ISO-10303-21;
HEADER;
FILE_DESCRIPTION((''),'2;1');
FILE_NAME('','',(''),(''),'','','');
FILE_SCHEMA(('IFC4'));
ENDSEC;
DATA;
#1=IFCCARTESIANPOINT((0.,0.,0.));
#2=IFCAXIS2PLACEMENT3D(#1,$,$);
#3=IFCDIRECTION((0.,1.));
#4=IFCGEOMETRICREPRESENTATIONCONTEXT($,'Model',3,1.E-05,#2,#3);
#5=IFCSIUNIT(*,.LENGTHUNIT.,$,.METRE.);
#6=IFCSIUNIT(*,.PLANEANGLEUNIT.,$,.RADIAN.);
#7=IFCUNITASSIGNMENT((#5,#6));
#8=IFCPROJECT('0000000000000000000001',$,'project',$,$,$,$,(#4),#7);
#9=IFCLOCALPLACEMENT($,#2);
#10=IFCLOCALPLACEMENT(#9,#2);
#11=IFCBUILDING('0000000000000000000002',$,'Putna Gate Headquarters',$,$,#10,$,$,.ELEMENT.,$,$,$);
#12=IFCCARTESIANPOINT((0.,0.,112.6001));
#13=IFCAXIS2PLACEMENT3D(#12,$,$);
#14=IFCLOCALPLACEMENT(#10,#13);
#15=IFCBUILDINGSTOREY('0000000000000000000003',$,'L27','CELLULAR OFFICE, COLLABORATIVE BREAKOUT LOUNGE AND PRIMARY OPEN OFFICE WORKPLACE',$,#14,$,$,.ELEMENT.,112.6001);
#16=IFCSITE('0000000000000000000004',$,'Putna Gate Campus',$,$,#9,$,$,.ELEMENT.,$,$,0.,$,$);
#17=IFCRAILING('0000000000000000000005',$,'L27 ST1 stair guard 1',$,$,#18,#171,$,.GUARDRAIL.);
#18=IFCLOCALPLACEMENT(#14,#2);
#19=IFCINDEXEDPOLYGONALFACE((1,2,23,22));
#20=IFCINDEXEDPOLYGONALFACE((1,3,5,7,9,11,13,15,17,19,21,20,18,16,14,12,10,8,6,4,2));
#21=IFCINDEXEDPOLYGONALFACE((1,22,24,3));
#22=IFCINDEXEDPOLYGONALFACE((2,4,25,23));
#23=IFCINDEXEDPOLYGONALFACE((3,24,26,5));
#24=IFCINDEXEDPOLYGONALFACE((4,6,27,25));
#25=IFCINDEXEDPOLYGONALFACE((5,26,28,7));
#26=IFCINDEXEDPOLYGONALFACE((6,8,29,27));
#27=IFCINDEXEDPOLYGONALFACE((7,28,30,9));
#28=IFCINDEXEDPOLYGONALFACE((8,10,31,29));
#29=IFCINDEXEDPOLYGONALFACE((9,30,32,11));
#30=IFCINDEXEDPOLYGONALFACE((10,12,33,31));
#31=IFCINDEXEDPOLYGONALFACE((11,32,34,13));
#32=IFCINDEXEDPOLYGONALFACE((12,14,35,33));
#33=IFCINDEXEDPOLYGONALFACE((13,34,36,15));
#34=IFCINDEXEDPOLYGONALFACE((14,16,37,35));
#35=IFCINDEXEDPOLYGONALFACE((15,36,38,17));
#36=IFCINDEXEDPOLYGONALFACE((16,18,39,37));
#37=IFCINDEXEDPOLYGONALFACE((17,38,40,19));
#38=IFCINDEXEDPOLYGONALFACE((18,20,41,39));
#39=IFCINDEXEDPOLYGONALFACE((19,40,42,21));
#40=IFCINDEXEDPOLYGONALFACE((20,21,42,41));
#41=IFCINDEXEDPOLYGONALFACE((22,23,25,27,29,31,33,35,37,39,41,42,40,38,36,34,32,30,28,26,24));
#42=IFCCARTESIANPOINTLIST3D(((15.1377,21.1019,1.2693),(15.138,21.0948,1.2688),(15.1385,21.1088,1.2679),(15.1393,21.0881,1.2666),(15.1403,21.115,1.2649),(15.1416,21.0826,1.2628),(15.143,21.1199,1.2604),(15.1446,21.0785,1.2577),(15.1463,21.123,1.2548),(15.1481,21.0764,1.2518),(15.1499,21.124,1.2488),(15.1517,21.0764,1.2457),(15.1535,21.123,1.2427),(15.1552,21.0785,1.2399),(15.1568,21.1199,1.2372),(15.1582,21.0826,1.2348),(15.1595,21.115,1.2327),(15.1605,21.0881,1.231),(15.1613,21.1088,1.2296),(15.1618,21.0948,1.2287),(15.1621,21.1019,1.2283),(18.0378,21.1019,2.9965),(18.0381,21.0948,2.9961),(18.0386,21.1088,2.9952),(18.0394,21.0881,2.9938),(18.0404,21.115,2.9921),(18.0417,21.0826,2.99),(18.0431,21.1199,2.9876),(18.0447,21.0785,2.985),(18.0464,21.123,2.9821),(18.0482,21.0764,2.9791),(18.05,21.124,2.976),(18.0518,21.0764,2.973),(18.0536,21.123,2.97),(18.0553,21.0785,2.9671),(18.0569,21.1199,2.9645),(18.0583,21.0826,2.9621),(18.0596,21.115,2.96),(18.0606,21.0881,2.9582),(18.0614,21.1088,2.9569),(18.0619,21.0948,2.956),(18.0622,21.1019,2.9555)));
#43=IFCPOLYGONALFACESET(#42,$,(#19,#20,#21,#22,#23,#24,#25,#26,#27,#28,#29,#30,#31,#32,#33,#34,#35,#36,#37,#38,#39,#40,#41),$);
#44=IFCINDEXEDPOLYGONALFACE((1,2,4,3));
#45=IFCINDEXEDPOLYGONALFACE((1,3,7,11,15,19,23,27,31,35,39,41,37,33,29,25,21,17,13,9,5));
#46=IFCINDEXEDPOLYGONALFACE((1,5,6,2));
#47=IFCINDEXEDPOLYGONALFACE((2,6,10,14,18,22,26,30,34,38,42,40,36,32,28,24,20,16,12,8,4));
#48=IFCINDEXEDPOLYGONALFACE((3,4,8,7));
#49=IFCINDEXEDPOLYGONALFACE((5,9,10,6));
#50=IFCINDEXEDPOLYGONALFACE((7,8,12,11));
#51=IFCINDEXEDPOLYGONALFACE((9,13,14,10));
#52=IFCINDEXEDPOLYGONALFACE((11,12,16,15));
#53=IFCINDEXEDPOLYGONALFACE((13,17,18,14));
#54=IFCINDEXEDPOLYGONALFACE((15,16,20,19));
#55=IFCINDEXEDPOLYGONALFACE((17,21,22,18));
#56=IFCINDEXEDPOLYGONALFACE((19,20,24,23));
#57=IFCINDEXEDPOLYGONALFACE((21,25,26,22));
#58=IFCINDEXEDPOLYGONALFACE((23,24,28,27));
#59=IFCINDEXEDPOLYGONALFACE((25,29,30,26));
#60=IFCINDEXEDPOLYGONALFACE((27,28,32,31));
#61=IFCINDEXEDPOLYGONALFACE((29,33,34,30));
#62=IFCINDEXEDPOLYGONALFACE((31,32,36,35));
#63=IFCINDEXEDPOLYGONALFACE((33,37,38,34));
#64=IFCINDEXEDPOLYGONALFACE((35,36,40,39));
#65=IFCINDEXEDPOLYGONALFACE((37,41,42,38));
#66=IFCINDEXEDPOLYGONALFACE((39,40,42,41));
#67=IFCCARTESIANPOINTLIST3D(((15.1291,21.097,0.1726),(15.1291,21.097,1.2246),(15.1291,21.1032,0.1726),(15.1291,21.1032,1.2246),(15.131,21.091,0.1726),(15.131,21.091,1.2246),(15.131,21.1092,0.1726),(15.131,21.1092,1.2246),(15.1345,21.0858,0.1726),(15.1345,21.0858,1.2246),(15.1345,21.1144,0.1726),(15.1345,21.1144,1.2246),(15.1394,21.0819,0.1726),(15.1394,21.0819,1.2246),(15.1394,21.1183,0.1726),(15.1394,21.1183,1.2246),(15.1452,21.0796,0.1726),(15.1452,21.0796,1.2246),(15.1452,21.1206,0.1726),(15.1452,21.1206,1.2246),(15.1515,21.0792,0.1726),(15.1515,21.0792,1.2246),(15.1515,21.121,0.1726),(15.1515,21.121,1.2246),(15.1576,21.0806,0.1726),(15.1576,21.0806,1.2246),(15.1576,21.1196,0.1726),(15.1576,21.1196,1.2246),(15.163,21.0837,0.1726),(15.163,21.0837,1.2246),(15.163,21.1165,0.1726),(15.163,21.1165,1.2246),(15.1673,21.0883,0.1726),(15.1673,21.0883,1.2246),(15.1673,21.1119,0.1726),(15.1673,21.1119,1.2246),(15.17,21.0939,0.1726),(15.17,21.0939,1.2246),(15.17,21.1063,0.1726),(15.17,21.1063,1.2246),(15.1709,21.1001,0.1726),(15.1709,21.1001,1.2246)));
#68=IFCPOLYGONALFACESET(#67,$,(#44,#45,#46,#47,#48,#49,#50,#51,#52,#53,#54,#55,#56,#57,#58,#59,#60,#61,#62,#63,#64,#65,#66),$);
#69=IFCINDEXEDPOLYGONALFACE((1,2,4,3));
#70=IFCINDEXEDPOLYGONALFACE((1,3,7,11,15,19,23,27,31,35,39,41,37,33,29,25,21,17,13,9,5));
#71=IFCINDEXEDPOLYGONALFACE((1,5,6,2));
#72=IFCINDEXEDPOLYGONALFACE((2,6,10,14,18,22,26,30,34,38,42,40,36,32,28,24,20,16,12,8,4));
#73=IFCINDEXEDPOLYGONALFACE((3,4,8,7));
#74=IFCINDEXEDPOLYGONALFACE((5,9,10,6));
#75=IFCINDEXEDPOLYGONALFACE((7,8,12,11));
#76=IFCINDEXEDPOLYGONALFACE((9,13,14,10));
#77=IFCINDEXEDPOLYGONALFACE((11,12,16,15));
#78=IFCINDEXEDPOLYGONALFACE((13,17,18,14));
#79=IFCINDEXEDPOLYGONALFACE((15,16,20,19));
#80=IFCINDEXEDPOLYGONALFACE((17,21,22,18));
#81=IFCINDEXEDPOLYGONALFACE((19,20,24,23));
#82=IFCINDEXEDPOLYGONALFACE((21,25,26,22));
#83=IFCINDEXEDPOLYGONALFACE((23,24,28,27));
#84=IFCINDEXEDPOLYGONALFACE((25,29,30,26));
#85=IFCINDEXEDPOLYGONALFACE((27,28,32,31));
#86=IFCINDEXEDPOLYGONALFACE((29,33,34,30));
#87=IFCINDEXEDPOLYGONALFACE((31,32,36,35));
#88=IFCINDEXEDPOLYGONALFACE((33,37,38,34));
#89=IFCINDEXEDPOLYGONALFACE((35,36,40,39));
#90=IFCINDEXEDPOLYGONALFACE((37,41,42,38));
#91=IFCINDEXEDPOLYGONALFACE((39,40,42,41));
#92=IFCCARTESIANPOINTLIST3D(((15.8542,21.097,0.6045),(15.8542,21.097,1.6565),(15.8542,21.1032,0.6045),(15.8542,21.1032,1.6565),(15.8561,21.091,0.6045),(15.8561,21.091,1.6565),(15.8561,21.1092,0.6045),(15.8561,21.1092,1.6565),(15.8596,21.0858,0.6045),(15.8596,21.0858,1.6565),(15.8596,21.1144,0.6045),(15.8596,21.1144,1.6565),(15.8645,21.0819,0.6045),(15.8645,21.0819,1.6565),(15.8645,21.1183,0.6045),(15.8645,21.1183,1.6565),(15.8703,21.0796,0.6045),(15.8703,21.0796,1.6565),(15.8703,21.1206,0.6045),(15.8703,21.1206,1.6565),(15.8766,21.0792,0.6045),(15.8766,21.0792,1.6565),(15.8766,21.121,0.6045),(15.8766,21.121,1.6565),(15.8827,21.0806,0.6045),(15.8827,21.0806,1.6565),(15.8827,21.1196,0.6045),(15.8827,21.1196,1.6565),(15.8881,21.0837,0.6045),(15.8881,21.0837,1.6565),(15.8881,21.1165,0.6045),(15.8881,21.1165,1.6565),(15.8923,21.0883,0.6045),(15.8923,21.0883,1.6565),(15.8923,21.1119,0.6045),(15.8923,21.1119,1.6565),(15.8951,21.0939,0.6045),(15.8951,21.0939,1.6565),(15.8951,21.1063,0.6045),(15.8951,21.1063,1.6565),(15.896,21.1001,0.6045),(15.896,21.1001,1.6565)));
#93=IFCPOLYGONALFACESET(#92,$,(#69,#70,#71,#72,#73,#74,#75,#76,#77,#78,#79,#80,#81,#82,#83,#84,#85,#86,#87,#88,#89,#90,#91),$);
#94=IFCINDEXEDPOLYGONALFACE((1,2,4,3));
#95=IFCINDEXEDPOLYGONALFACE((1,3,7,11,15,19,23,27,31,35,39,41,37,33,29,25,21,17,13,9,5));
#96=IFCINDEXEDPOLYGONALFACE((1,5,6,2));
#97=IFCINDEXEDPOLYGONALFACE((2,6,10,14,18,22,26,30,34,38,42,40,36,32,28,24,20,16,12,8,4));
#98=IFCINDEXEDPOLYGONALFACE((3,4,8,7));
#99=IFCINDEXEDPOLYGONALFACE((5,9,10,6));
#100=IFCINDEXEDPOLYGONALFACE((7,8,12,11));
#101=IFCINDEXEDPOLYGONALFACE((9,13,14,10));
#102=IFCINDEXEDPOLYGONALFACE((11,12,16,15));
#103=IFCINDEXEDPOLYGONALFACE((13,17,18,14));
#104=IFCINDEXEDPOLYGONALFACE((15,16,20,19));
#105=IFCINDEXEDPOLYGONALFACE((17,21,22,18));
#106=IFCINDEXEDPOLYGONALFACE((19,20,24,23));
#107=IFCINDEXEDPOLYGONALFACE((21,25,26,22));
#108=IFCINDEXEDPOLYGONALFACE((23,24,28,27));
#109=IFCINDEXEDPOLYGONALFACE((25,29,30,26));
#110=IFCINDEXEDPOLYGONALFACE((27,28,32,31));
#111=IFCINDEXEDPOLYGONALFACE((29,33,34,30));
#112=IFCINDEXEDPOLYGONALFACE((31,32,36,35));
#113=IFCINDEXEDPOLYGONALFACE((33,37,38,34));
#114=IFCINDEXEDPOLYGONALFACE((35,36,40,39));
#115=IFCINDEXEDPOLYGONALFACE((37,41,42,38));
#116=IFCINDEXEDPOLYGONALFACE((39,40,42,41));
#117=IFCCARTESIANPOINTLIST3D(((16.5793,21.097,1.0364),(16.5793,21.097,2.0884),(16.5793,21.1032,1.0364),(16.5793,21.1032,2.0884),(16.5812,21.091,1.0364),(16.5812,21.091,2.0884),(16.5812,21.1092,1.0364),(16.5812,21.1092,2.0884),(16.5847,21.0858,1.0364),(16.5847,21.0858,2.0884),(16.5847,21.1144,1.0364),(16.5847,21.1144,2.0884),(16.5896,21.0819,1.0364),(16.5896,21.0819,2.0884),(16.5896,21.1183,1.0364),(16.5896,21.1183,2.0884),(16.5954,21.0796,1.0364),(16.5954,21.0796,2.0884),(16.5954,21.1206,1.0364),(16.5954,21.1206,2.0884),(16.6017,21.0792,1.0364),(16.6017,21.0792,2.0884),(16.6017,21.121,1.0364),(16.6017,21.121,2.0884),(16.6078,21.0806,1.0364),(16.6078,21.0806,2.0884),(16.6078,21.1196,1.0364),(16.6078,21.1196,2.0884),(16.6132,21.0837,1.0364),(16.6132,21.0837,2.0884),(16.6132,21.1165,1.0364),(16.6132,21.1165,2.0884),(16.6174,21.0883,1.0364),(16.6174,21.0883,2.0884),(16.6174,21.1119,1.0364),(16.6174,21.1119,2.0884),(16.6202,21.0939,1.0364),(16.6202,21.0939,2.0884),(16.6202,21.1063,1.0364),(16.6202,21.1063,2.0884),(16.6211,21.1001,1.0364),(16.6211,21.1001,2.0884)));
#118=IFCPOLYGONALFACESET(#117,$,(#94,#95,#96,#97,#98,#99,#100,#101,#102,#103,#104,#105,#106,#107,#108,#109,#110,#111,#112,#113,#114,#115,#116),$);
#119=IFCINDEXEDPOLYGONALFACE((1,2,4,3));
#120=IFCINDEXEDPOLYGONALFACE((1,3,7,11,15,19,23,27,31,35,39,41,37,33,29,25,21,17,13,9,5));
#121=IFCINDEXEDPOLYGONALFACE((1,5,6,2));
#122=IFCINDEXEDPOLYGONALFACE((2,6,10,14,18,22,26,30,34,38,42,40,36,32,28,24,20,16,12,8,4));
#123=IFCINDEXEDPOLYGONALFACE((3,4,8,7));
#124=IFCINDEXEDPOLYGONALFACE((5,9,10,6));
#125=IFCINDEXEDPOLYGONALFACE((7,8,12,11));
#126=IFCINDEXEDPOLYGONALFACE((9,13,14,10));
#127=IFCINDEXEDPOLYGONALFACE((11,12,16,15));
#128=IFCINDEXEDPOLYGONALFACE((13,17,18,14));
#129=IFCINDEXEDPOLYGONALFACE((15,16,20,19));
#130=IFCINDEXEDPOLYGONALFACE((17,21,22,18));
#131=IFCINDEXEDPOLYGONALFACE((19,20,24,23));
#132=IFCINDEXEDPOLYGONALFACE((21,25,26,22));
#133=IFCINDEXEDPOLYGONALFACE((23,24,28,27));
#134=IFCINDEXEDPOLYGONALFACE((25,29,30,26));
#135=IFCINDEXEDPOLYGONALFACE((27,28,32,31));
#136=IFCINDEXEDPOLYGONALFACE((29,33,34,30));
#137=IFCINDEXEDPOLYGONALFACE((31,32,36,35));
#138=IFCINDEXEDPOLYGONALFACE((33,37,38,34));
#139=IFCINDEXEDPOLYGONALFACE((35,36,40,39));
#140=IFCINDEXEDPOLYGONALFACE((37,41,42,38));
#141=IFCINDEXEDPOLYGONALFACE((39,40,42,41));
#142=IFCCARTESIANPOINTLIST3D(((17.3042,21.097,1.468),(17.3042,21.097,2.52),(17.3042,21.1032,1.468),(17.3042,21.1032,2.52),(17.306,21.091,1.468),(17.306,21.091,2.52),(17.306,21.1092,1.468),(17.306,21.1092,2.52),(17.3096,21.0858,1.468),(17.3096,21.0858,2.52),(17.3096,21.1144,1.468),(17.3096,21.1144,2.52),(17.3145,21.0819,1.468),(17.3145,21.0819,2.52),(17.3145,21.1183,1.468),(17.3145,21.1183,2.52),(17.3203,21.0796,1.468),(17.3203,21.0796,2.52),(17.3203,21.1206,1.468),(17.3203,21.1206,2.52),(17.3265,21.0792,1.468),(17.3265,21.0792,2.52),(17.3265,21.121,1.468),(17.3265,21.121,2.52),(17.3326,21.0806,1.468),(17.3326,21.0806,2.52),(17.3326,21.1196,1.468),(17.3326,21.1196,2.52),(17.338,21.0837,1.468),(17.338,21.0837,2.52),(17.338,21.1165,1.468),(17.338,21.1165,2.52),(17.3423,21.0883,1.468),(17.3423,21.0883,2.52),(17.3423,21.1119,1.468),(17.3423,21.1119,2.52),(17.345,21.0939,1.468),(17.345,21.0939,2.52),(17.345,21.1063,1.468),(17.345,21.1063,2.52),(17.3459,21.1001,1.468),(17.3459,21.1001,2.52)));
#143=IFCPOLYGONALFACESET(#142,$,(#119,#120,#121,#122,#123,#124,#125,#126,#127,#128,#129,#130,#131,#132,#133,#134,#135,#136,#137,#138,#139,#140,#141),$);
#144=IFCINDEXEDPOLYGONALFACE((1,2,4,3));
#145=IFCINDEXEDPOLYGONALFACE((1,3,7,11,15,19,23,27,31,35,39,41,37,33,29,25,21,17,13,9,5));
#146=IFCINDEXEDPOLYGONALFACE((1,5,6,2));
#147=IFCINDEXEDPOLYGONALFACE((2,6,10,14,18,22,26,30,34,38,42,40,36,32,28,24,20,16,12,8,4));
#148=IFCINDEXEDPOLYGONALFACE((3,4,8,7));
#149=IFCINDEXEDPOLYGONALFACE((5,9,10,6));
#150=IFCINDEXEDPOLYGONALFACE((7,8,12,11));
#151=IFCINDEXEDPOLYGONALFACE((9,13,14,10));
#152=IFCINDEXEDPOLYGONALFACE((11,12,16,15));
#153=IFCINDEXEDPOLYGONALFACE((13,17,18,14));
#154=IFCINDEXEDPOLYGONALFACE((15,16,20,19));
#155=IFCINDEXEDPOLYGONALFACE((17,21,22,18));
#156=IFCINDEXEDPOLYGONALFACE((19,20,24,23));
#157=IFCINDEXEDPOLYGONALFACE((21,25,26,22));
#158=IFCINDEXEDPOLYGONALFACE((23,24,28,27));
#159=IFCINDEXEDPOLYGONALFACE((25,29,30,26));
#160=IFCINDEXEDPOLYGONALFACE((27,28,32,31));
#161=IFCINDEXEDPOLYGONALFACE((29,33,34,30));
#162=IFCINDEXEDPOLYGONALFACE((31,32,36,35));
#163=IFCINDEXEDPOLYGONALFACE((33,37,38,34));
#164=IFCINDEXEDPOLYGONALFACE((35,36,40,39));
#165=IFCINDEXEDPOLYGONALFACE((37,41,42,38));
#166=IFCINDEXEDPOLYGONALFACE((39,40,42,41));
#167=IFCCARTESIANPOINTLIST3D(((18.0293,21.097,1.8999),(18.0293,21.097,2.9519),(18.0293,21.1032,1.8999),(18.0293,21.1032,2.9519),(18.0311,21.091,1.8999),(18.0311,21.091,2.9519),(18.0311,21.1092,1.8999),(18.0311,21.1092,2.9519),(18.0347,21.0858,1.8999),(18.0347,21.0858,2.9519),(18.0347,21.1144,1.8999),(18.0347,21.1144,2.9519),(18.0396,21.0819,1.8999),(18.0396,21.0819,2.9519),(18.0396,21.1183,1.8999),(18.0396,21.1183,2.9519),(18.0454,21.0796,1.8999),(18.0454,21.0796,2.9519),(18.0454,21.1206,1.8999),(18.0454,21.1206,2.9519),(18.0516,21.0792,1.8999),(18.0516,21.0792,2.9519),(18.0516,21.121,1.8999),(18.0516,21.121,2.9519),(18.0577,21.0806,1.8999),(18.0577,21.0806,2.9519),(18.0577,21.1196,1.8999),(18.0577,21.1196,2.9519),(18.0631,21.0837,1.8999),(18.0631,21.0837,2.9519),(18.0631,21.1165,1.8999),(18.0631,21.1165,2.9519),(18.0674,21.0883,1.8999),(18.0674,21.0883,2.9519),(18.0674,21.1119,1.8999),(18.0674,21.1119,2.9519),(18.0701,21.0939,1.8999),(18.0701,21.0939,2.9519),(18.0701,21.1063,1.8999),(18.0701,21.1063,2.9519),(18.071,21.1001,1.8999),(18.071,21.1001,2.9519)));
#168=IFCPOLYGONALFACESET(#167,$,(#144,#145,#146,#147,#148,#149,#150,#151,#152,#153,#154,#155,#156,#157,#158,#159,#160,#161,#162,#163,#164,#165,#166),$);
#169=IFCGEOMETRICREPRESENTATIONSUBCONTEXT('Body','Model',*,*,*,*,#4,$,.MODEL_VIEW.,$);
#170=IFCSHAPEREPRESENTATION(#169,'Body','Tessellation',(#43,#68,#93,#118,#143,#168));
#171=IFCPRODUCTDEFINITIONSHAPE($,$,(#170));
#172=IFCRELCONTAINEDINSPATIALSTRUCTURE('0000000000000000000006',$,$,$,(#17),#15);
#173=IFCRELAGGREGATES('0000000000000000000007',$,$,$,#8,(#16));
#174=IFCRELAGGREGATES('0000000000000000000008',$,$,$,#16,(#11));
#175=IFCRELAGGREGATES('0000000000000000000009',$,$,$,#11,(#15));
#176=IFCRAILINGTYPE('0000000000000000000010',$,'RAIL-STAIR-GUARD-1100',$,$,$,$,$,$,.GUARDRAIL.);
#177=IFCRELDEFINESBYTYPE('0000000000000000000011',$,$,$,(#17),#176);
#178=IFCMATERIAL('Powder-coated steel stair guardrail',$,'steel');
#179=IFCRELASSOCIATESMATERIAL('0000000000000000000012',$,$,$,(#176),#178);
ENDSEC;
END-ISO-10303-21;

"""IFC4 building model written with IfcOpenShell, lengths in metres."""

from ifc_helpers import new_model, si_unit, direction, frame, origin, origin_2d, place, context, subcontext, project, spatial, circle, extrude, material, type_object, element, save


model = new_model("IFC4")

# Units and contexts
model_context = context("Model", 3, precision=1e-05, world=origin(), true_north=direction((0.0, 1.0)))
body_context = subcontext(model_context, "Body", "Model", "MODEL_VIEW")
ifc_project = project(units=[si_unit("LENGTHUNIT", "METRE"), si_unit("PLANEANGLEUNIT", "RADIAN")], contexts=[model_context])

# Site, building, storey
site_placement = place(None, origin())
site = spatial("IfcSite", under=ifc_project, at=site_placement, Name="Putna Gate Campus", CompositionType="ELEMENT", RefElevation=0.0)
building_placement = place(site_placement, origin())
building = spatial("IfcBuilding", under=site, at=building_placement, Name="Putna Gate Headquarters", CompositionType="ELEMENT")
storey_placement = place(building_placement, frame((0.0, 0.0, 112.6001)))
storey = spatial("IfcBuildingStorey", under=building, at=storey_placement, Name="L27", Description="CELLULAR OFFICE, COLLABORATIVE BREAKOUT LOUNGE AND PRIMARY OPEN OFFICE WORKPLACE", CompositionType="ELEMENT", Elevation=112.6001)

# Railing
ifc_material_1 = material(Name="Powder-coated steel stair guardrail", Category="steel")
railing_type_1 = type_object("IfcRailingType", Name="RAIL-STAIR-GUARD-1100", PredefinedType="GUARDRAIL", material=ifc_material_1)
railing_1_placement = place(storey_placement, frame((15.1499, 21.1001, 0.1726)))
element("IfcRailing", 1, at=railing_1_placement, inside=storey, type_object=railing_type_1, Name="L27 ST1 stair guard 1", PredefinedType="GUARDRAIL", context=body_context, shape_type="SweptSolid", body=[
    extrude(circle(Radius=0.0239, at=origin_2d()), frame((0.0, 0.0, 1.0762), z_axis=(0.85916, 0.0, 0.511706), x_axis=(0.0, 1.0, 0.0)), (0.0, 0.0, 1.0), 3.3755),
    extrude(circle(Radius=0.021, at=origin_2d()), origin(), (0.0, 0.0, 1.0), 1.052),
    extrude(circle(Radius=0.021, at=origin_2d()), frame((0.7251, 0.0, 0.4319)), (0.0, 0.0, 1.0), 1.052),
    extrude(circle(Radius=0.021, at=origin_2d()), frame((1.4502, 0.0, 0.8638)), (0.0, 0.0, 1.0), 1.052),
    extrude(circle(Radius=0.021, at=origin_2d()), frame((2.175, 0.0, 1.2954)), (0.0, 0.0, 1.0), 1.052),
    extrude(circle(Radius=0.021, at=origin_2d()), frame((2.9001, 0.0, 1.7273)), (0.0, 0.0, 1.0), 1.052),
])

save(model, "model.ifc")
